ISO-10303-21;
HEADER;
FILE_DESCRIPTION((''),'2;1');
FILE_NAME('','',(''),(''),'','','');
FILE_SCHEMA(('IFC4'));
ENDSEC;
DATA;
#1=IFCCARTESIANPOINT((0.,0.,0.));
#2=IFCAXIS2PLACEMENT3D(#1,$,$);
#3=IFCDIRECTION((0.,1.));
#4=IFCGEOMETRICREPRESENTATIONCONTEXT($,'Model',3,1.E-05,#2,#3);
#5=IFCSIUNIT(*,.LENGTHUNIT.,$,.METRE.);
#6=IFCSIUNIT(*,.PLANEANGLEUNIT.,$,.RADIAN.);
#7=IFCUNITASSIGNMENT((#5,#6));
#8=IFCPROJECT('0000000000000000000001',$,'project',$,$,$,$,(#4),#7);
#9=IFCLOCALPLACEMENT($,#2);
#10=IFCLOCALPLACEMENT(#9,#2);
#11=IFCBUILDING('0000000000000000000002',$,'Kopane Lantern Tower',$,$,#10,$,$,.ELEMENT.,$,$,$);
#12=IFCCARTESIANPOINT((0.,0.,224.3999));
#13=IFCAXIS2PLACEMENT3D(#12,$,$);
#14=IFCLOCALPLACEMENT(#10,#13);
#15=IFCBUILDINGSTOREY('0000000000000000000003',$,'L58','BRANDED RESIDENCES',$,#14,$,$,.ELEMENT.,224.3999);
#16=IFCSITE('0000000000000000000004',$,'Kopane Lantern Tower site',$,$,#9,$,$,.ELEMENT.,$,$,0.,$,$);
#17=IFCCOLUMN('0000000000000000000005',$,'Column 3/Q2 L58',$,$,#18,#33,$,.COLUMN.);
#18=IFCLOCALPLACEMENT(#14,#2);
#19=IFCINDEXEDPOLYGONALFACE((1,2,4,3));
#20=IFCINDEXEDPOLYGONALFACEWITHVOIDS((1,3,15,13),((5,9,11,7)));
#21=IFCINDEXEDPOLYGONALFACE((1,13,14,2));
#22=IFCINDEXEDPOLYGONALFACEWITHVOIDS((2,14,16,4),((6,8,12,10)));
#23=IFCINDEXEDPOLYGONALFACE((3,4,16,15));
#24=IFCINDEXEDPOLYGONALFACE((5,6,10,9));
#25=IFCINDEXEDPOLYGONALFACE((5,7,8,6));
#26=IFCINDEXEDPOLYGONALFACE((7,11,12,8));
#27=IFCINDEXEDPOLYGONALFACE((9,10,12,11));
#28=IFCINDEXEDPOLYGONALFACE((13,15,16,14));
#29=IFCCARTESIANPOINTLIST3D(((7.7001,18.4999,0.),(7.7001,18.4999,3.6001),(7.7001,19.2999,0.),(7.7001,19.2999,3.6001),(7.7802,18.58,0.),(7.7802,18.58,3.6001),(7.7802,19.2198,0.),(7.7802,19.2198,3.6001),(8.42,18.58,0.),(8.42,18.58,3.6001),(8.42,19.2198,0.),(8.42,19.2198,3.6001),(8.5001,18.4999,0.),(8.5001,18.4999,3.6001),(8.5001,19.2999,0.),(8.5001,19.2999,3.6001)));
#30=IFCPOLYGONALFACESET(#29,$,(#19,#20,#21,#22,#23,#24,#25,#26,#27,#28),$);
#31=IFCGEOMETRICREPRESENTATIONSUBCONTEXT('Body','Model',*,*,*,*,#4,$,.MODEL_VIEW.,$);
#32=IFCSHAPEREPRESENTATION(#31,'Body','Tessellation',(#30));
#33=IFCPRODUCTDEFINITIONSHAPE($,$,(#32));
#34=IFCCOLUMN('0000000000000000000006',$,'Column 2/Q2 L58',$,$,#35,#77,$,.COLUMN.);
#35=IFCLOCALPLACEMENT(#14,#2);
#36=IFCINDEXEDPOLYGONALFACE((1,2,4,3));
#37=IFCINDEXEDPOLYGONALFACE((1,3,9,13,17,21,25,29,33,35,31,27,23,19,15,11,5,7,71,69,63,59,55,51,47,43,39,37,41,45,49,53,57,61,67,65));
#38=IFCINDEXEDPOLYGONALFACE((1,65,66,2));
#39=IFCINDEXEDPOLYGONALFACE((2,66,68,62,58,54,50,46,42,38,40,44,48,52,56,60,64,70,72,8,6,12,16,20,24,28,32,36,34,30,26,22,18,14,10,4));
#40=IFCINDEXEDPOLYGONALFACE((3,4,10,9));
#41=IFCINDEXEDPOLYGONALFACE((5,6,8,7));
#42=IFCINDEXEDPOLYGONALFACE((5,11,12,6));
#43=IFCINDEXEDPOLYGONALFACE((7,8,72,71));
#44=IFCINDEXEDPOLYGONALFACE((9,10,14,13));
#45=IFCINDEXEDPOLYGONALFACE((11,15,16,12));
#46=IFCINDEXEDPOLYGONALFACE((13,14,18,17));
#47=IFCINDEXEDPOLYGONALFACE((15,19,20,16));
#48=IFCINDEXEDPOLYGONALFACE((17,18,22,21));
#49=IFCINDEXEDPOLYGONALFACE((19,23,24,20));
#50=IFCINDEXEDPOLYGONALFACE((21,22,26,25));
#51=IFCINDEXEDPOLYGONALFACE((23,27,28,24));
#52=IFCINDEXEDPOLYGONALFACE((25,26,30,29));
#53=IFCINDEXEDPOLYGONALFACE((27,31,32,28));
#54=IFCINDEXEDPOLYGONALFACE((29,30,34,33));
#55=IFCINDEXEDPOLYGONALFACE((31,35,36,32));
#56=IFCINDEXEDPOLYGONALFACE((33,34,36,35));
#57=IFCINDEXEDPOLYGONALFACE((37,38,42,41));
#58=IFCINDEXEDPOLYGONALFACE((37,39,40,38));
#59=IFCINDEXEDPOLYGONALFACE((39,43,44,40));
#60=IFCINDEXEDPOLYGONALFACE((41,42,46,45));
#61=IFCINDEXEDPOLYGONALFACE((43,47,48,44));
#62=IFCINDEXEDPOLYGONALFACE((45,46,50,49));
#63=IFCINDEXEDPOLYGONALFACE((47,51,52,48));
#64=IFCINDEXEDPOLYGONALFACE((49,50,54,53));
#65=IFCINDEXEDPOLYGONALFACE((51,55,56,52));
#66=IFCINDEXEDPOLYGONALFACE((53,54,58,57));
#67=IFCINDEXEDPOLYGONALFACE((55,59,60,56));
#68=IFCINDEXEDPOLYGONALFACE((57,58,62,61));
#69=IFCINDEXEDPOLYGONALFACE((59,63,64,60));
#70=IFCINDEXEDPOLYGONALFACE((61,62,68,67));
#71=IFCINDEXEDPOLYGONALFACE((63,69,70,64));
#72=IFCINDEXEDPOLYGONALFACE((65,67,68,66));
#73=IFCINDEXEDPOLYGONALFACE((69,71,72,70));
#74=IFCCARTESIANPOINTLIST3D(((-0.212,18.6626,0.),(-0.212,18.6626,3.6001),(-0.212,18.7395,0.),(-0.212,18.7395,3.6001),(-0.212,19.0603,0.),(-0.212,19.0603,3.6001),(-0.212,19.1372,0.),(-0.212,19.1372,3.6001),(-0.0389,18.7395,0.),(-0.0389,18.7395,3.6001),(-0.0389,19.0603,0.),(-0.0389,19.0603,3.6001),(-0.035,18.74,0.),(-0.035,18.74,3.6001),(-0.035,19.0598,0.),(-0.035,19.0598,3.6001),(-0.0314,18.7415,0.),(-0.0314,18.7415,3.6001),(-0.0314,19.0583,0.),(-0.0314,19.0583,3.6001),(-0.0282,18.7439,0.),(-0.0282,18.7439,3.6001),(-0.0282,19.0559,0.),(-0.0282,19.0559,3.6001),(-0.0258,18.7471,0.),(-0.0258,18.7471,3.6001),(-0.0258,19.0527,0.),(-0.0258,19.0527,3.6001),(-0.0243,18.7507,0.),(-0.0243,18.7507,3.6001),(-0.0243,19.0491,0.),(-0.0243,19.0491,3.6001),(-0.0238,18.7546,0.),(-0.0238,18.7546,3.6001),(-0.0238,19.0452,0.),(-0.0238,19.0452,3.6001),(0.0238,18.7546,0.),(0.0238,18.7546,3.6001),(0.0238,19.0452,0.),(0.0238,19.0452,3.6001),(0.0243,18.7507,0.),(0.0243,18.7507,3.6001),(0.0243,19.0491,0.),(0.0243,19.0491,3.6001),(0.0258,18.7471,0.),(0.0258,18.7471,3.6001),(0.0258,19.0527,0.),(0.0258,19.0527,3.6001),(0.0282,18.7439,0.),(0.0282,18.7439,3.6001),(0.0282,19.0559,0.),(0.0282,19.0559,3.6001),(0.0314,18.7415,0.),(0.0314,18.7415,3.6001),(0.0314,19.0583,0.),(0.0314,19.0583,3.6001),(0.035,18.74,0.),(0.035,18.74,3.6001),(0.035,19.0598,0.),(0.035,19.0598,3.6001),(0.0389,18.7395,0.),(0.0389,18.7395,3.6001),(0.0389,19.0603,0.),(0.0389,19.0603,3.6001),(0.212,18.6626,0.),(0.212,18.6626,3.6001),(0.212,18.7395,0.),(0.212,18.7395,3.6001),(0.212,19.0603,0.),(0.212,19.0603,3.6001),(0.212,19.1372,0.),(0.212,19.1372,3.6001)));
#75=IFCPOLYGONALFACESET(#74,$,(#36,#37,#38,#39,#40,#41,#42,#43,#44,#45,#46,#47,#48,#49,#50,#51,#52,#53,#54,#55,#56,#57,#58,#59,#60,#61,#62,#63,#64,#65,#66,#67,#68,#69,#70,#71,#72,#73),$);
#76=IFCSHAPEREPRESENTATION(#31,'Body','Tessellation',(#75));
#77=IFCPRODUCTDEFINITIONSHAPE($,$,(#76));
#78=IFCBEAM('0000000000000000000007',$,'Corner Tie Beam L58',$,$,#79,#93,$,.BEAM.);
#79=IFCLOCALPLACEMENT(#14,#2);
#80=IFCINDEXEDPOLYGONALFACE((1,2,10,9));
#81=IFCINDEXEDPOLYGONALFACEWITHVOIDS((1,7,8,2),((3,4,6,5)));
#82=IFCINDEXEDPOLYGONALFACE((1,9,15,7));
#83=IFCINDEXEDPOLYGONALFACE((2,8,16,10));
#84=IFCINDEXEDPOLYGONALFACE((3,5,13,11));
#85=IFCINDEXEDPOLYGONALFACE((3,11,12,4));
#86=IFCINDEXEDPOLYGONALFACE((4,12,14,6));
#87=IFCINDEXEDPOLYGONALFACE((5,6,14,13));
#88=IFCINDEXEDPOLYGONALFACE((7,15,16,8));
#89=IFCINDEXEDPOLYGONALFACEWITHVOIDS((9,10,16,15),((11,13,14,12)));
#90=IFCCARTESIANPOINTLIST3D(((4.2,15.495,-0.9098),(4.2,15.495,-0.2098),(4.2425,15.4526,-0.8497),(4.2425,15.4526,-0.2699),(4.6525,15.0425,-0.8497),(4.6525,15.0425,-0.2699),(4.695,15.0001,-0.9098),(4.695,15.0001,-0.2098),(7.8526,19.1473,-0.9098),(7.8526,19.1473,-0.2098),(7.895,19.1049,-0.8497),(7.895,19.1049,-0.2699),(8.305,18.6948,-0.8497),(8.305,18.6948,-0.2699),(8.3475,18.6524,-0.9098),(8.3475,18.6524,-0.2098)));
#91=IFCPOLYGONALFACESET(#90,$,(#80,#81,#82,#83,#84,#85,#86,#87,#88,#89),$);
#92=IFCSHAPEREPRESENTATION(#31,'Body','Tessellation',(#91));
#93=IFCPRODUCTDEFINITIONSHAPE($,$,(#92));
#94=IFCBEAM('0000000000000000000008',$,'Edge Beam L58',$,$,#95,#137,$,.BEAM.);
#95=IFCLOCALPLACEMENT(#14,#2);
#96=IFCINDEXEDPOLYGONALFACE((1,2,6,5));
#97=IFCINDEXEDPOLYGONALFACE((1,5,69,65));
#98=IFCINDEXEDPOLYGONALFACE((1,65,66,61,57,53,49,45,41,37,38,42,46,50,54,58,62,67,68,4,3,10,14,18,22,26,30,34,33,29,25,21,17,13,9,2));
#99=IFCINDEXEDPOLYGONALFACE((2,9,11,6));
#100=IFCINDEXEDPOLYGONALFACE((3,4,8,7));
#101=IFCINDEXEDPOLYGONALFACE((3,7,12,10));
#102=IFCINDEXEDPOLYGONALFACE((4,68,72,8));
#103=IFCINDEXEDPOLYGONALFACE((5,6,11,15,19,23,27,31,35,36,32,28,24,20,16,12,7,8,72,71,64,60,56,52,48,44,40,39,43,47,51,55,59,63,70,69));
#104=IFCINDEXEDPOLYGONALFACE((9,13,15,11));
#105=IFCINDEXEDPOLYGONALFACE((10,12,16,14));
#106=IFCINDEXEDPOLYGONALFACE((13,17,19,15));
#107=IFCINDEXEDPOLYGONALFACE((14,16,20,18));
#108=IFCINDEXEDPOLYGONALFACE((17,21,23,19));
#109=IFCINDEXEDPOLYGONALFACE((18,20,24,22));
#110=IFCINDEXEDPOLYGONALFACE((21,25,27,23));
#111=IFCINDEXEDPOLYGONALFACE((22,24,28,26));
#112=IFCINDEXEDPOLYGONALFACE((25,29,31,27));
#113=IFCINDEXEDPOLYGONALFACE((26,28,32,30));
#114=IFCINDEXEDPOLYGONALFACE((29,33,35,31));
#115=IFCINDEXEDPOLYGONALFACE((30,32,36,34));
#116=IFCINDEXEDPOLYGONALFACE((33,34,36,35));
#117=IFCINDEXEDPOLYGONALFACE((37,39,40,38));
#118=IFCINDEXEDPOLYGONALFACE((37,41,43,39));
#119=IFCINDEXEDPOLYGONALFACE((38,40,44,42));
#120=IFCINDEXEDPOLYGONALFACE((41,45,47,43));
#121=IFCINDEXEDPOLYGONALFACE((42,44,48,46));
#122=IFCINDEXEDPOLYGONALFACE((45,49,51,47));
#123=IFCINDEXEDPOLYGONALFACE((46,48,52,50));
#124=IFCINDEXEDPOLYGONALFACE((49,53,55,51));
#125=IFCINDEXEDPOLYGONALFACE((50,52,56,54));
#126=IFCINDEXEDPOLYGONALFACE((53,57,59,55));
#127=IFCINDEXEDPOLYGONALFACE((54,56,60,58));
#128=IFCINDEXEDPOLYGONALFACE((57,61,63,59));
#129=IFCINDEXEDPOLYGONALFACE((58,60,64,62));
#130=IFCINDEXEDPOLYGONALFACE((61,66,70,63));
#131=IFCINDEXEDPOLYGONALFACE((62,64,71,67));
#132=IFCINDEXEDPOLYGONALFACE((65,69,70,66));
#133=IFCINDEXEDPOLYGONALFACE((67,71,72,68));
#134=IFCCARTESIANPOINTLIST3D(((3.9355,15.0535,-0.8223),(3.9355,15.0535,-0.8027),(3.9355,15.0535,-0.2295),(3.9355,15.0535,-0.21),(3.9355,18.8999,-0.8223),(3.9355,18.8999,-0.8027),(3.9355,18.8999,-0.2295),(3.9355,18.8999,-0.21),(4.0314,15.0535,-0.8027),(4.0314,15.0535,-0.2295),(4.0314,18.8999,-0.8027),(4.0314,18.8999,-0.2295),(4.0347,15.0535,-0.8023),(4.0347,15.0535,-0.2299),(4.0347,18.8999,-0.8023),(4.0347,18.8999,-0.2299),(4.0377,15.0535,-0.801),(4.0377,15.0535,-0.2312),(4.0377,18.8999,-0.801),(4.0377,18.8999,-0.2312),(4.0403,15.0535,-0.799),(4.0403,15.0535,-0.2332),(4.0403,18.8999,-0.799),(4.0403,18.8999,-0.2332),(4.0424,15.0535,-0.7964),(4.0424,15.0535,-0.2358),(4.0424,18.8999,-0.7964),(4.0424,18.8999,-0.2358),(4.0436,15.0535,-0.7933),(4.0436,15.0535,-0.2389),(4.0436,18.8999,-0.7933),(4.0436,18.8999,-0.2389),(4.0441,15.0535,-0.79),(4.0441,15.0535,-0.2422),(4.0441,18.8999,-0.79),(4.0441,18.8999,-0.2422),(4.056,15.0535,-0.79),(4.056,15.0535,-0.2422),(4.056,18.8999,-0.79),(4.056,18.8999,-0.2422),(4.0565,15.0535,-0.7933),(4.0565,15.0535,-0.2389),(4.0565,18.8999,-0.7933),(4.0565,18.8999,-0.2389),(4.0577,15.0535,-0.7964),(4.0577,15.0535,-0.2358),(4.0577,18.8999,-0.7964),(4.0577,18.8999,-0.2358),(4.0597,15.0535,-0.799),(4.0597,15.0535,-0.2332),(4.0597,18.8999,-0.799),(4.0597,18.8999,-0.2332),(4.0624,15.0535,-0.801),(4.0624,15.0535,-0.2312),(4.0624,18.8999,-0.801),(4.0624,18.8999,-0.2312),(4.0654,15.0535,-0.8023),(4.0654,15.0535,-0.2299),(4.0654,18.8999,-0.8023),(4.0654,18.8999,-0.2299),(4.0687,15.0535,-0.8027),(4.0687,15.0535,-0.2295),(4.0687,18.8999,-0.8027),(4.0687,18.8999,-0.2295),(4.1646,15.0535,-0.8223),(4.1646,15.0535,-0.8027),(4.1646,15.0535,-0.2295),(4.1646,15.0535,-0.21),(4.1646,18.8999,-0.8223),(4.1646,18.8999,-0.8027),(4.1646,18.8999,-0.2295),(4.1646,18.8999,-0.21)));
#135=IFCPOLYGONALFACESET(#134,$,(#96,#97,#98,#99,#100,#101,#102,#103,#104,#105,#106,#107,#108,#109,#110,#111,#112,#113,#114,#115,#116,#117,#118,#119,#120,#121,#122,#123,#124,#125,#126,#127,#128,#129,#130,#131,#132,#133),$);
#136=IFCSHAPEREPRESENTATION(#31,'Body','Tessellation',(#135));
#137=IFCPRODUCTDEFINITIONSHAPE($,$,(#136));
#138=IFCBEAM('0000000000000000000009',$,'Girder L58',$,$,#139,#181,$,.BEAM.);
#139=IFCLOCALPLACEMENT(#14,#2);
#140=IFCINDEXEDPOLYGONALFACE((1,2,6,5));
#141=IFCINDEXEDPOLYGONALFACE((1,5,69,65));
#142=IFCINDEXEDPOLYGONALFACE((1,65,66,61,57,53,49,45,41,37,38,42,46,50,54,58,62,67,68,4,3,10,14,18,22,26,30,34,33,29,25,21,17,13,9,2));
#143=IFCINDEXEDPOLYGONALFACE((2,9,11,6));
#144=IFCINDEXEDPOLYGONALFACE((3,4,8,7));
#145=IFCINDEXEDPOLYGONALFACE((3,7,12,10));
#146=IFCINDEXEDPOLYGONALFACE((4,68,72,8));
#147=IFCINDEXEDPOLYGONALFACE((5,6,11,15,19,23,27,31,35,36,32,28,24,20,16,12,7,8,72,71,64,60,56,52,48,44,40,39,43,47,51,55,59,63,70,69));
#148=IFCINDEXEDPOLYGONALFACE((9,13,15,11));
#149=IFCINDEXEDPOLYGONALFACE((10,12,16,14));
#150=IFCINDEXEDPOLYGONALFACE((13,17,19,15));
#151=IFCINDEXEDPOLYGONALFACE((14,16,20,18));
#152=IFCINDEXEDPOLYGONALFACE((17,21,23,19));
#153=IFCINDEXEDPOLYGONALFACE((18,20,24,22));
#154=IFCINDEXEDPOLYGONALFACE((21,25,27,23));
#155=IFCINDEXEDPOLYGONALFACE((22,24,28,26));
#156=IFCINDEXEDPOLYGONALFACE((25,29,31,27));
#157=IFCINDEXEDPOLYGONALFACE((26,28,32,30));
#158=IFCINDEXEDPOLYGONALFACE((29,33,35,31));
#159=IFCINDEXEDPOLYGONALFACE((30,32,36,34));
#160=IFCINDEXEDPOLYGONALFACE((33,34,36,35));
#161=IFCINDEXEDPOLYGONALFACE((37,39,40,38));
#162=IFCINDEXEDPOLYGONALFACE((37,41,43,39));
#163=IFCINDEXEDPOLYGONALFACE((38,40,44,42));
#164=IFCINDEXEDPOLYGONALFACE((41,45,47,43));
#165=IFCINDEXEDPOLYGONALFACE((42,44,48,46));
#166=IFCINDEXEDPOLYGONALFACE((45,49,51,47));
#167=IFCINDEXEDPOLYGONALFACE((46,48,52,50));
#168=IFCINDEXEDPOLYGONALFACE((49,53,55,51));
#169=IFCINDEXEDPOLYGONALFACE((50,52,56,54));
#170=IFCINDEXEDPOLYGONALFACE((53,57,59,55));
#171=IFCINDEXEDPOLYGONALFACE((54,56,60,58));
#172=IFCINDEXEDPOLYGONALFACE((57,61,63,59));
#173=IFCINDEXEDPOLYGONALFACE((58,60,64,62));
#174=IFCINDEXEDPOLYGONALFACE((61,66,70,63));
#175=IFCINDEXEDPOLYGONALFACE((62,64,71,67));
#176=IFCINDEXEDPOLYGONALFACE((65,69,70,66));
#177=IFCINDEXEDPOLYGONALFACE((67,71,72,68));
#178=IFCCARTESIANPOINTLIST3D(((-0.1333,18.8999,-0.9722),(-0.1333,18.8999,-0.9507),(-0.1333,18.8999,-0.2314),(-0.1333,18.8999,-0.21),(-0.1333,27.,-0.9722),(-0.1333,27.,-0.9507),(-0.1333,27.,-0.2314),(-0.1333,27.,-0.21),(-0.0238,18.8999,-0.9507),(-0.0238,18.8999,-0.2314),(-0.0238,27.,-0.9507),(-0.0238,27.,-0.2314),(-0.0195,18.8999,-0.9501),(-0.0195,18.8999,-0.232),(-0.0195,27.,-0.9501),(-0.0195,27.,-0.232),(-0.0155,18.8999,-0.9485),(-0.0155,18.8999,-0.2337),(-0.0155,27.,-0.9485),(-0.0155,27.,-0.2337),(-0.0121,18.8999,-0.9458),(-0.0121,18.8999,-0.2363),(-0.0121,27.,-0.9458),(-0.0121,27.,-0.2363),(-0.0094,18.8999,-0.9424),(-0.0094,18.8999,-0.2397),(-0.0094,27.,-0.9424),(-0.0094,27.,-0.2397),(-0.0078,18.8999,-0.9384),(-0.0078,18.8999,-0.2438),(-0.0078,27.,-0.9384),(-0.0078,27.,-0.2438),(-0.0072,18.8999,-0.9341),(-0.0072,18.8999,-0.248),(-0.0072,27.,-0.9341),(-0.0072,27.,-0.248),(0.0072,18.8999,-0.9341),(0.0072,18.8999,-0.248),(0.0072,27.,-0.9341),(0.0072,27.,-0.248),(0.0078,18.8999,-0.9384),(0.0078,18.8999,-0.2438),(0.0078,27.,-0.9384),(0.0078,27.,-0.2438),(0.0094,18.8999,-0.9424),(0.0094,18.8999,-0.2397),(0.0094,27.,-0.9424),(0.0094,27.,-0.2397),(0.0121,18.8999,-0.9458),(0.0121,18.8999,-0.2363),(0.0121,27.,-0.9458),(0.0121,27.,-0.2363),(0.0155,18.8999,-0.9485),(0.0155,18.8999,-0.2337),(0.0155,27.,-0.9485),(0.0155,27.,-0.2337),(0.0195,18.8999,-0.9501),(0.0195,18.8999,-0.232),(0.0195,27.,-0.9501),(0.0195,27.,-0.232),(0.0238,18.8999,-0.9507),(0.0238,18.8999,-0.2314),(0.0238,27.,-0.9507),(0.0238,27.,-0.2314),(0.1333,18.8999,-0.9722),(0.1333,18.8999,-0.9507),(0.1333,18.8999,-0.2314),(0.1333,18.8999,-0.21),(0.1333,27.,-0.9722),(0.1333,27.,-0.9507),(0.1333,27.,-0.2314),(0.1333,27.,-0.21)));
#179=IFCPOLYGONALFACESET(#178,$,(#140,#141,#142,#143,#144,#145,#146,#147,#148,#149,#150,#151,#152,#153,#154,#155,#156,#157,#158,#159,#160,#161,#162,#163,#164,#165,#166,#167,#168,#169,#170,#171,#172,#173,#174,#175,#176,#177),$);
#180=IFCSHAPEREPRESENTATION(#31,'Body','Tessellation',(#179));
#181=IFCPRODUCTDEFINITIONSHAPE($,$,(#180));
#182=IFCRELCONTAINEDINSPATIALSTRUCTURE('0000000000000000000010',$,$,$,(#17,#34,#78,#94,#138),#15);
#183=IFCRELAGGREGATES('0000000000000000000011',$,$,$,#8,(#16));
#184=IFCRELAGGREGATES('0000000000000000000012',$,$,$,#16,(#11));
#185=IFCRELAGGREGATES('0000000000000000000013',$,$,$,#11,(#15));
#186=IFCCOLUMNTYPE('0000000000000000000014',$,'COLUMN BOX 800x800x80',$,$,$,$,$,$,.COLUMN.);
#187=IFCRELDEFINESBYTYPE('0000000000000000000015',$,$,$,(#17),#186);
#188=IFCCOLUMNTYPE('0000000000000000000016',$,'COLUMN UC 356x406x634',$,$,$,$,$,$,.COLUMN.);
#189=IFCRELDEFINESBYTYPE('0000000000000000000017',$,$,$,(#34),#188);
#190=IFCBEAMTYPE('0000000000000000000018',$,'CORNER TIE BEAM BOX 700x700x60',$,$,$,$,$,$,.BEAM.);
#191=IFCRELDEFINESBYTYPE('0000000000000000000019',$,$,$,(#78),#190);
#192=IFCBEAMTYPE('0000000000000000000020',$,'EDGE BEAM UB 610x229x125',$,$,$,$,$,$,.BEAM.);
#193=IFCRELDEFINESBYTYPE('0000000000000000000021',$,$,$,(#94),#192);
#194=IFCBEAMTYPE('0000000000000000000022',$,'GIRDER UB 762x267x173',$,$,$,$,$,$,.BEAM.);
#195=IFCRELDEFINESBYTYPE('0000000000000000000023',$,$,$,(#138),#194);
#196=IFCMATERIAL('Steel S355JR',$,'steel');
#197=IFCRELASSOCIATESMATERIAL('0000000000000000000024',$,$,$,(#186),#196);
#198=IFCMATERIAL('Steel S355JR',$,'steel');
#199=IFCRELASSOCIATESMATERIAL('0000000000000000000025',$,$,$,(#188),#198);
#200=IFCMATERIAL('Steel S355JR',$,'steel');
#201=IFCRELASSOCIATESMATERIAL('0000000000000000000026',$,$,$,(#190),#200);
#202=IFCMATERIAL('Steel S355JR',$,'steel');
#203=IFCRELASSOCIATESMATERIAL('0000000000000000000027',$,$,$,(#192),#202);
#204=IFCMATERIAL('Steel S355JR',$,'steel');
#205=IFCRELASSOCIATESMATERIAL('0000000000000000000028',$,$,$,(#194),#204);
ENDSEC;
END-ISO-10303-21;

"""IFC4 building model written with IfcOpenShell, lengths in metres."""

from ifc_helpers import new_model, si_unit, direction, frame, origin, origin_2d, place, context, subcontext, project, spatial, hollow_rectangle, i_section, extrude, material, material_profile, profile_set, type_object, element, save


model = new_model("IFC4")

# Units and contexts
model_context = context("Model", 3, precision=1e-05, world=origin(), true_north=direction((0.0, 1.0)))
body_context = subcontext(model_context, "Body", "Model", "MODEL_VIEW")
ifc_project = project(units=[si_unit("LENGTHUNIT", "METRE"), si_unit("PLANEANGLEUNIT", "RADIAN")], contexts=[model_context])

# Site, building, storey
site_placement = place(None, origin())
site = spatial("IfcSite", under=ifc_project, at=site_placement, Name="Kopane Lantern Tower site", CompositionType="ELEMENT", RefElevation=0.0)
building_placement = place(site_placement, origin())
building = spatial("IfcBuilding", under=site, at=building_placement, Name="Kopane Lantern Tower", CompositionType="ELEMENT")
storey_placement = place(building_placement, frame((0.0, 0.0, 224.3999)))
storey = spatial("IfcBuildingStorey", under=building, at=storey_placement, Name="L58", Description="BRANDED RESIDENCES", CompositionType="ELEMENT", Elevation=224.3999)

# Columns
ifc_material_1 = material(Name="Steel S355JR", Category="steel")
ifc_material_profile_1 = material_profile(ifc_material_1, hollow_rectangle(XDim=0.8, YDim=0.8, WallThickness=0.0801, at=origin_2d()), Name="BOX 800x800x80")
ifc_profile_set_1 = profile_set([ifc_material_profile_1], Name="Steel S355JR")
column_type_1 = type_object("IfcColumnType", Name="COLUMN BOX 800x800x80", PredefinedType="COLUMN", material=ifc_profile_set_1)
column_1_placement = place(storey_placement, frame((8.1001, 18.8999, 0.0), z_axis=(0.0, 0.0, 1.0), x_axis=(1.0, 0.0, 0.0)))
element("IfcColumn", 1, at=column_1_placement, inside=storey, type_object=column_type_1, Name="Column 3/Q2 L58", PredefinedType="COLUMN", context=body_context, shape_type="SweptSolid", body=[
    extrude(hollow_rectangle(XDim=0.8, YDim=0.8, WallThickness=0.0801, at=origin_2d()), origin(), (0.0, 0.0, 1.0), 3.6001),
])
ifc_material_2 = material(Name="Steel S355JR", Category="steel")
ifc_material_profile_2 = material_profile(ifc_material_2, i_section(OverallWidth=0.4241, OverallDepth=0.4746, WebThickness=0.0476, FlangeThickness=0.0769, FilletRadius=0.0151, at=origin_2d()), Name="UC 356x406x634")
ifc_profile_set_2 = profile_set([ifc_material_profile_2], Name="Steel S355JR")
column_type_2 = type_object("IfcColumnType", Name="COLUMN UC 356x406x634", PredefinedType="COLUMN", material=ifc_profile_set_2)
column_2_placement = place(storey_placement, frame((0.0, 18.8999, 0.0), z_axis=(0.0, 0.0, 1.0), x_axis=(1.0, 0.0, 0.0)))
element("IfcColumn", 2, at=column_2_placement, inside=storey, type_object=column_type_2, Name="Column 2/Q2 L58", PredefinedType="COLUMN", context=body_context, shape_type="SweptSolid", body=[
    extrude(i_section(OverallWidth=0.4241, OverallDepth=0.4746, WebThickness=0.0476, FlangeThickness=0.0769, FilletRadius=0.0151, at=origin_2d()), origin(), (0.0, 0.0, 1.0), 3.6001),
])

# Beams
ifc_material_3 = material(Name="Steel S355JR", Category="steel")
ifc_material_profile_3 = material_profile(ifc_material_3, hollow_rectangle(XDim=0.7, YDim=0.7, WallThickness=0.0601, at=origin_2d()), Name="BOX 700x700x60")
ifc_profile_set_3 = profile_set([ifc_material_profile_3], Name="Steel S355JR")
beam_type_1 = type_object("IfcBeamType", Name="CORNER TIE BEAM BOX 700x700x60", PredefinedType="BEAM", material=ifc_profile_set_3)
beam_1_placement = place(storey_placement, frame((4.4475, 15.2476, -0.5598), z_axis=(0.70713, 0.707083, 0.0), x_axis=(-0.707083, 0.70713, 0.0)))
element("IfcBeam", 3, at=beam_1_placement, inside=storey, type_object=beam_type_1, Name="Corner Tie Beam L58", PredefinedType="BEAM", context=body_context, shape_type="SweptSolid", body=[
    extrude(hollow_rectangle(XDim=0.7, YDim=0.7, WallThickness=0.0601, at=origin_2d()), origin(), (0.0, 0.0, 1.0), 5.1653),
])
ifc_material_4 = material(Name="Steel S355JR", Category="steel")
ifc_material_profile_4 = material_profile(ifc_material_4, i_section(OverallWidth=0.229, OverallDepth=0.6123, WebThickness=0.012, FlangeThickness=0.0195, FilletRadius=0.0127, at=origin_2d()), Name="UB 610x229x125")
ifc_profile_set_4 = profile_set([ifc_material_profile_4], Name="Steel S355JR")
beam_type_2 = type_object("IfcBeamType", Name="EDGE BEAM UB 610x229x125", PredefinedType="BEAM", material=ifc_profile_set_4)
beam_2_placement = place(storey_placement, frame((4.05, 15.0535, -0.5161), z_axis=(0.0, 1.0, 0.0), x_axis=(-1.0, 0.0, 0.0)))
element("IfcBeam", 4, at=beam_2_placement, inside=storey, type_object=beam_type_2, Name="Edge Beam L58", PredefinedType="BEAM", context=body_context, shape_type="SweptSolid", body=[
    extrude(i_section(OverallWidth=0.229, OverallDepth=0.6123, WebThickness=0.012, FlangeThickness=0.0195, FilletRadius=0.0127, at=origin_2d()), origin(), (0.0, 0.0, 1.0), 3.8464),
])
ifc_material_5 = material(Name="Steel S355JR", Category="steel")
ifc_material_profile_5 = material_profile(ifc_material_5, i_section(OverallWidth=0.2666, OverallDepth=0.7622, WebThickness=0.0144, FlangeThickness=0.0215, FilletRadius=0.0166, at=origin_2d()), Name="UB 762x267x173")
ifc_profile_set_5 = profile_set([ifc_material_profile_5], Name="Steel S355JR")
beam_type_3 = type_object("IfcBeamType", Name="GIRDER UB 762x267x173", PredefinedType="BEAM", material=ifc_profile_set_5)
for number, where, z_axis, x_axis, name in (
    (5, (0.0, 18.8999, -0.5911), (0.0, 1.0, 0.0), (-1.0, 0.0, 0.0), "Girder L58"),
):
    element("IfcBeam", number, at=place(storey_placement, frame(where, z_axis=z_axis, x_axis=x_axis)), inside=storey, type_object=beam_type_3, Name=name, PredefinedType="BEAM", context=body_context, shape_type="SweptSolid", body=[
        extrude(i_section(OverallWidth=0.2666, OverallDepth=0.7622, WebThickness=0.0144, FlangeThickness=0.0215, FilletRadius=0.0166, at=origin_2d()), origin(), (0.0, 0.0, 1.0), 8.1001),
    ])

save(model, "model.ifc")
